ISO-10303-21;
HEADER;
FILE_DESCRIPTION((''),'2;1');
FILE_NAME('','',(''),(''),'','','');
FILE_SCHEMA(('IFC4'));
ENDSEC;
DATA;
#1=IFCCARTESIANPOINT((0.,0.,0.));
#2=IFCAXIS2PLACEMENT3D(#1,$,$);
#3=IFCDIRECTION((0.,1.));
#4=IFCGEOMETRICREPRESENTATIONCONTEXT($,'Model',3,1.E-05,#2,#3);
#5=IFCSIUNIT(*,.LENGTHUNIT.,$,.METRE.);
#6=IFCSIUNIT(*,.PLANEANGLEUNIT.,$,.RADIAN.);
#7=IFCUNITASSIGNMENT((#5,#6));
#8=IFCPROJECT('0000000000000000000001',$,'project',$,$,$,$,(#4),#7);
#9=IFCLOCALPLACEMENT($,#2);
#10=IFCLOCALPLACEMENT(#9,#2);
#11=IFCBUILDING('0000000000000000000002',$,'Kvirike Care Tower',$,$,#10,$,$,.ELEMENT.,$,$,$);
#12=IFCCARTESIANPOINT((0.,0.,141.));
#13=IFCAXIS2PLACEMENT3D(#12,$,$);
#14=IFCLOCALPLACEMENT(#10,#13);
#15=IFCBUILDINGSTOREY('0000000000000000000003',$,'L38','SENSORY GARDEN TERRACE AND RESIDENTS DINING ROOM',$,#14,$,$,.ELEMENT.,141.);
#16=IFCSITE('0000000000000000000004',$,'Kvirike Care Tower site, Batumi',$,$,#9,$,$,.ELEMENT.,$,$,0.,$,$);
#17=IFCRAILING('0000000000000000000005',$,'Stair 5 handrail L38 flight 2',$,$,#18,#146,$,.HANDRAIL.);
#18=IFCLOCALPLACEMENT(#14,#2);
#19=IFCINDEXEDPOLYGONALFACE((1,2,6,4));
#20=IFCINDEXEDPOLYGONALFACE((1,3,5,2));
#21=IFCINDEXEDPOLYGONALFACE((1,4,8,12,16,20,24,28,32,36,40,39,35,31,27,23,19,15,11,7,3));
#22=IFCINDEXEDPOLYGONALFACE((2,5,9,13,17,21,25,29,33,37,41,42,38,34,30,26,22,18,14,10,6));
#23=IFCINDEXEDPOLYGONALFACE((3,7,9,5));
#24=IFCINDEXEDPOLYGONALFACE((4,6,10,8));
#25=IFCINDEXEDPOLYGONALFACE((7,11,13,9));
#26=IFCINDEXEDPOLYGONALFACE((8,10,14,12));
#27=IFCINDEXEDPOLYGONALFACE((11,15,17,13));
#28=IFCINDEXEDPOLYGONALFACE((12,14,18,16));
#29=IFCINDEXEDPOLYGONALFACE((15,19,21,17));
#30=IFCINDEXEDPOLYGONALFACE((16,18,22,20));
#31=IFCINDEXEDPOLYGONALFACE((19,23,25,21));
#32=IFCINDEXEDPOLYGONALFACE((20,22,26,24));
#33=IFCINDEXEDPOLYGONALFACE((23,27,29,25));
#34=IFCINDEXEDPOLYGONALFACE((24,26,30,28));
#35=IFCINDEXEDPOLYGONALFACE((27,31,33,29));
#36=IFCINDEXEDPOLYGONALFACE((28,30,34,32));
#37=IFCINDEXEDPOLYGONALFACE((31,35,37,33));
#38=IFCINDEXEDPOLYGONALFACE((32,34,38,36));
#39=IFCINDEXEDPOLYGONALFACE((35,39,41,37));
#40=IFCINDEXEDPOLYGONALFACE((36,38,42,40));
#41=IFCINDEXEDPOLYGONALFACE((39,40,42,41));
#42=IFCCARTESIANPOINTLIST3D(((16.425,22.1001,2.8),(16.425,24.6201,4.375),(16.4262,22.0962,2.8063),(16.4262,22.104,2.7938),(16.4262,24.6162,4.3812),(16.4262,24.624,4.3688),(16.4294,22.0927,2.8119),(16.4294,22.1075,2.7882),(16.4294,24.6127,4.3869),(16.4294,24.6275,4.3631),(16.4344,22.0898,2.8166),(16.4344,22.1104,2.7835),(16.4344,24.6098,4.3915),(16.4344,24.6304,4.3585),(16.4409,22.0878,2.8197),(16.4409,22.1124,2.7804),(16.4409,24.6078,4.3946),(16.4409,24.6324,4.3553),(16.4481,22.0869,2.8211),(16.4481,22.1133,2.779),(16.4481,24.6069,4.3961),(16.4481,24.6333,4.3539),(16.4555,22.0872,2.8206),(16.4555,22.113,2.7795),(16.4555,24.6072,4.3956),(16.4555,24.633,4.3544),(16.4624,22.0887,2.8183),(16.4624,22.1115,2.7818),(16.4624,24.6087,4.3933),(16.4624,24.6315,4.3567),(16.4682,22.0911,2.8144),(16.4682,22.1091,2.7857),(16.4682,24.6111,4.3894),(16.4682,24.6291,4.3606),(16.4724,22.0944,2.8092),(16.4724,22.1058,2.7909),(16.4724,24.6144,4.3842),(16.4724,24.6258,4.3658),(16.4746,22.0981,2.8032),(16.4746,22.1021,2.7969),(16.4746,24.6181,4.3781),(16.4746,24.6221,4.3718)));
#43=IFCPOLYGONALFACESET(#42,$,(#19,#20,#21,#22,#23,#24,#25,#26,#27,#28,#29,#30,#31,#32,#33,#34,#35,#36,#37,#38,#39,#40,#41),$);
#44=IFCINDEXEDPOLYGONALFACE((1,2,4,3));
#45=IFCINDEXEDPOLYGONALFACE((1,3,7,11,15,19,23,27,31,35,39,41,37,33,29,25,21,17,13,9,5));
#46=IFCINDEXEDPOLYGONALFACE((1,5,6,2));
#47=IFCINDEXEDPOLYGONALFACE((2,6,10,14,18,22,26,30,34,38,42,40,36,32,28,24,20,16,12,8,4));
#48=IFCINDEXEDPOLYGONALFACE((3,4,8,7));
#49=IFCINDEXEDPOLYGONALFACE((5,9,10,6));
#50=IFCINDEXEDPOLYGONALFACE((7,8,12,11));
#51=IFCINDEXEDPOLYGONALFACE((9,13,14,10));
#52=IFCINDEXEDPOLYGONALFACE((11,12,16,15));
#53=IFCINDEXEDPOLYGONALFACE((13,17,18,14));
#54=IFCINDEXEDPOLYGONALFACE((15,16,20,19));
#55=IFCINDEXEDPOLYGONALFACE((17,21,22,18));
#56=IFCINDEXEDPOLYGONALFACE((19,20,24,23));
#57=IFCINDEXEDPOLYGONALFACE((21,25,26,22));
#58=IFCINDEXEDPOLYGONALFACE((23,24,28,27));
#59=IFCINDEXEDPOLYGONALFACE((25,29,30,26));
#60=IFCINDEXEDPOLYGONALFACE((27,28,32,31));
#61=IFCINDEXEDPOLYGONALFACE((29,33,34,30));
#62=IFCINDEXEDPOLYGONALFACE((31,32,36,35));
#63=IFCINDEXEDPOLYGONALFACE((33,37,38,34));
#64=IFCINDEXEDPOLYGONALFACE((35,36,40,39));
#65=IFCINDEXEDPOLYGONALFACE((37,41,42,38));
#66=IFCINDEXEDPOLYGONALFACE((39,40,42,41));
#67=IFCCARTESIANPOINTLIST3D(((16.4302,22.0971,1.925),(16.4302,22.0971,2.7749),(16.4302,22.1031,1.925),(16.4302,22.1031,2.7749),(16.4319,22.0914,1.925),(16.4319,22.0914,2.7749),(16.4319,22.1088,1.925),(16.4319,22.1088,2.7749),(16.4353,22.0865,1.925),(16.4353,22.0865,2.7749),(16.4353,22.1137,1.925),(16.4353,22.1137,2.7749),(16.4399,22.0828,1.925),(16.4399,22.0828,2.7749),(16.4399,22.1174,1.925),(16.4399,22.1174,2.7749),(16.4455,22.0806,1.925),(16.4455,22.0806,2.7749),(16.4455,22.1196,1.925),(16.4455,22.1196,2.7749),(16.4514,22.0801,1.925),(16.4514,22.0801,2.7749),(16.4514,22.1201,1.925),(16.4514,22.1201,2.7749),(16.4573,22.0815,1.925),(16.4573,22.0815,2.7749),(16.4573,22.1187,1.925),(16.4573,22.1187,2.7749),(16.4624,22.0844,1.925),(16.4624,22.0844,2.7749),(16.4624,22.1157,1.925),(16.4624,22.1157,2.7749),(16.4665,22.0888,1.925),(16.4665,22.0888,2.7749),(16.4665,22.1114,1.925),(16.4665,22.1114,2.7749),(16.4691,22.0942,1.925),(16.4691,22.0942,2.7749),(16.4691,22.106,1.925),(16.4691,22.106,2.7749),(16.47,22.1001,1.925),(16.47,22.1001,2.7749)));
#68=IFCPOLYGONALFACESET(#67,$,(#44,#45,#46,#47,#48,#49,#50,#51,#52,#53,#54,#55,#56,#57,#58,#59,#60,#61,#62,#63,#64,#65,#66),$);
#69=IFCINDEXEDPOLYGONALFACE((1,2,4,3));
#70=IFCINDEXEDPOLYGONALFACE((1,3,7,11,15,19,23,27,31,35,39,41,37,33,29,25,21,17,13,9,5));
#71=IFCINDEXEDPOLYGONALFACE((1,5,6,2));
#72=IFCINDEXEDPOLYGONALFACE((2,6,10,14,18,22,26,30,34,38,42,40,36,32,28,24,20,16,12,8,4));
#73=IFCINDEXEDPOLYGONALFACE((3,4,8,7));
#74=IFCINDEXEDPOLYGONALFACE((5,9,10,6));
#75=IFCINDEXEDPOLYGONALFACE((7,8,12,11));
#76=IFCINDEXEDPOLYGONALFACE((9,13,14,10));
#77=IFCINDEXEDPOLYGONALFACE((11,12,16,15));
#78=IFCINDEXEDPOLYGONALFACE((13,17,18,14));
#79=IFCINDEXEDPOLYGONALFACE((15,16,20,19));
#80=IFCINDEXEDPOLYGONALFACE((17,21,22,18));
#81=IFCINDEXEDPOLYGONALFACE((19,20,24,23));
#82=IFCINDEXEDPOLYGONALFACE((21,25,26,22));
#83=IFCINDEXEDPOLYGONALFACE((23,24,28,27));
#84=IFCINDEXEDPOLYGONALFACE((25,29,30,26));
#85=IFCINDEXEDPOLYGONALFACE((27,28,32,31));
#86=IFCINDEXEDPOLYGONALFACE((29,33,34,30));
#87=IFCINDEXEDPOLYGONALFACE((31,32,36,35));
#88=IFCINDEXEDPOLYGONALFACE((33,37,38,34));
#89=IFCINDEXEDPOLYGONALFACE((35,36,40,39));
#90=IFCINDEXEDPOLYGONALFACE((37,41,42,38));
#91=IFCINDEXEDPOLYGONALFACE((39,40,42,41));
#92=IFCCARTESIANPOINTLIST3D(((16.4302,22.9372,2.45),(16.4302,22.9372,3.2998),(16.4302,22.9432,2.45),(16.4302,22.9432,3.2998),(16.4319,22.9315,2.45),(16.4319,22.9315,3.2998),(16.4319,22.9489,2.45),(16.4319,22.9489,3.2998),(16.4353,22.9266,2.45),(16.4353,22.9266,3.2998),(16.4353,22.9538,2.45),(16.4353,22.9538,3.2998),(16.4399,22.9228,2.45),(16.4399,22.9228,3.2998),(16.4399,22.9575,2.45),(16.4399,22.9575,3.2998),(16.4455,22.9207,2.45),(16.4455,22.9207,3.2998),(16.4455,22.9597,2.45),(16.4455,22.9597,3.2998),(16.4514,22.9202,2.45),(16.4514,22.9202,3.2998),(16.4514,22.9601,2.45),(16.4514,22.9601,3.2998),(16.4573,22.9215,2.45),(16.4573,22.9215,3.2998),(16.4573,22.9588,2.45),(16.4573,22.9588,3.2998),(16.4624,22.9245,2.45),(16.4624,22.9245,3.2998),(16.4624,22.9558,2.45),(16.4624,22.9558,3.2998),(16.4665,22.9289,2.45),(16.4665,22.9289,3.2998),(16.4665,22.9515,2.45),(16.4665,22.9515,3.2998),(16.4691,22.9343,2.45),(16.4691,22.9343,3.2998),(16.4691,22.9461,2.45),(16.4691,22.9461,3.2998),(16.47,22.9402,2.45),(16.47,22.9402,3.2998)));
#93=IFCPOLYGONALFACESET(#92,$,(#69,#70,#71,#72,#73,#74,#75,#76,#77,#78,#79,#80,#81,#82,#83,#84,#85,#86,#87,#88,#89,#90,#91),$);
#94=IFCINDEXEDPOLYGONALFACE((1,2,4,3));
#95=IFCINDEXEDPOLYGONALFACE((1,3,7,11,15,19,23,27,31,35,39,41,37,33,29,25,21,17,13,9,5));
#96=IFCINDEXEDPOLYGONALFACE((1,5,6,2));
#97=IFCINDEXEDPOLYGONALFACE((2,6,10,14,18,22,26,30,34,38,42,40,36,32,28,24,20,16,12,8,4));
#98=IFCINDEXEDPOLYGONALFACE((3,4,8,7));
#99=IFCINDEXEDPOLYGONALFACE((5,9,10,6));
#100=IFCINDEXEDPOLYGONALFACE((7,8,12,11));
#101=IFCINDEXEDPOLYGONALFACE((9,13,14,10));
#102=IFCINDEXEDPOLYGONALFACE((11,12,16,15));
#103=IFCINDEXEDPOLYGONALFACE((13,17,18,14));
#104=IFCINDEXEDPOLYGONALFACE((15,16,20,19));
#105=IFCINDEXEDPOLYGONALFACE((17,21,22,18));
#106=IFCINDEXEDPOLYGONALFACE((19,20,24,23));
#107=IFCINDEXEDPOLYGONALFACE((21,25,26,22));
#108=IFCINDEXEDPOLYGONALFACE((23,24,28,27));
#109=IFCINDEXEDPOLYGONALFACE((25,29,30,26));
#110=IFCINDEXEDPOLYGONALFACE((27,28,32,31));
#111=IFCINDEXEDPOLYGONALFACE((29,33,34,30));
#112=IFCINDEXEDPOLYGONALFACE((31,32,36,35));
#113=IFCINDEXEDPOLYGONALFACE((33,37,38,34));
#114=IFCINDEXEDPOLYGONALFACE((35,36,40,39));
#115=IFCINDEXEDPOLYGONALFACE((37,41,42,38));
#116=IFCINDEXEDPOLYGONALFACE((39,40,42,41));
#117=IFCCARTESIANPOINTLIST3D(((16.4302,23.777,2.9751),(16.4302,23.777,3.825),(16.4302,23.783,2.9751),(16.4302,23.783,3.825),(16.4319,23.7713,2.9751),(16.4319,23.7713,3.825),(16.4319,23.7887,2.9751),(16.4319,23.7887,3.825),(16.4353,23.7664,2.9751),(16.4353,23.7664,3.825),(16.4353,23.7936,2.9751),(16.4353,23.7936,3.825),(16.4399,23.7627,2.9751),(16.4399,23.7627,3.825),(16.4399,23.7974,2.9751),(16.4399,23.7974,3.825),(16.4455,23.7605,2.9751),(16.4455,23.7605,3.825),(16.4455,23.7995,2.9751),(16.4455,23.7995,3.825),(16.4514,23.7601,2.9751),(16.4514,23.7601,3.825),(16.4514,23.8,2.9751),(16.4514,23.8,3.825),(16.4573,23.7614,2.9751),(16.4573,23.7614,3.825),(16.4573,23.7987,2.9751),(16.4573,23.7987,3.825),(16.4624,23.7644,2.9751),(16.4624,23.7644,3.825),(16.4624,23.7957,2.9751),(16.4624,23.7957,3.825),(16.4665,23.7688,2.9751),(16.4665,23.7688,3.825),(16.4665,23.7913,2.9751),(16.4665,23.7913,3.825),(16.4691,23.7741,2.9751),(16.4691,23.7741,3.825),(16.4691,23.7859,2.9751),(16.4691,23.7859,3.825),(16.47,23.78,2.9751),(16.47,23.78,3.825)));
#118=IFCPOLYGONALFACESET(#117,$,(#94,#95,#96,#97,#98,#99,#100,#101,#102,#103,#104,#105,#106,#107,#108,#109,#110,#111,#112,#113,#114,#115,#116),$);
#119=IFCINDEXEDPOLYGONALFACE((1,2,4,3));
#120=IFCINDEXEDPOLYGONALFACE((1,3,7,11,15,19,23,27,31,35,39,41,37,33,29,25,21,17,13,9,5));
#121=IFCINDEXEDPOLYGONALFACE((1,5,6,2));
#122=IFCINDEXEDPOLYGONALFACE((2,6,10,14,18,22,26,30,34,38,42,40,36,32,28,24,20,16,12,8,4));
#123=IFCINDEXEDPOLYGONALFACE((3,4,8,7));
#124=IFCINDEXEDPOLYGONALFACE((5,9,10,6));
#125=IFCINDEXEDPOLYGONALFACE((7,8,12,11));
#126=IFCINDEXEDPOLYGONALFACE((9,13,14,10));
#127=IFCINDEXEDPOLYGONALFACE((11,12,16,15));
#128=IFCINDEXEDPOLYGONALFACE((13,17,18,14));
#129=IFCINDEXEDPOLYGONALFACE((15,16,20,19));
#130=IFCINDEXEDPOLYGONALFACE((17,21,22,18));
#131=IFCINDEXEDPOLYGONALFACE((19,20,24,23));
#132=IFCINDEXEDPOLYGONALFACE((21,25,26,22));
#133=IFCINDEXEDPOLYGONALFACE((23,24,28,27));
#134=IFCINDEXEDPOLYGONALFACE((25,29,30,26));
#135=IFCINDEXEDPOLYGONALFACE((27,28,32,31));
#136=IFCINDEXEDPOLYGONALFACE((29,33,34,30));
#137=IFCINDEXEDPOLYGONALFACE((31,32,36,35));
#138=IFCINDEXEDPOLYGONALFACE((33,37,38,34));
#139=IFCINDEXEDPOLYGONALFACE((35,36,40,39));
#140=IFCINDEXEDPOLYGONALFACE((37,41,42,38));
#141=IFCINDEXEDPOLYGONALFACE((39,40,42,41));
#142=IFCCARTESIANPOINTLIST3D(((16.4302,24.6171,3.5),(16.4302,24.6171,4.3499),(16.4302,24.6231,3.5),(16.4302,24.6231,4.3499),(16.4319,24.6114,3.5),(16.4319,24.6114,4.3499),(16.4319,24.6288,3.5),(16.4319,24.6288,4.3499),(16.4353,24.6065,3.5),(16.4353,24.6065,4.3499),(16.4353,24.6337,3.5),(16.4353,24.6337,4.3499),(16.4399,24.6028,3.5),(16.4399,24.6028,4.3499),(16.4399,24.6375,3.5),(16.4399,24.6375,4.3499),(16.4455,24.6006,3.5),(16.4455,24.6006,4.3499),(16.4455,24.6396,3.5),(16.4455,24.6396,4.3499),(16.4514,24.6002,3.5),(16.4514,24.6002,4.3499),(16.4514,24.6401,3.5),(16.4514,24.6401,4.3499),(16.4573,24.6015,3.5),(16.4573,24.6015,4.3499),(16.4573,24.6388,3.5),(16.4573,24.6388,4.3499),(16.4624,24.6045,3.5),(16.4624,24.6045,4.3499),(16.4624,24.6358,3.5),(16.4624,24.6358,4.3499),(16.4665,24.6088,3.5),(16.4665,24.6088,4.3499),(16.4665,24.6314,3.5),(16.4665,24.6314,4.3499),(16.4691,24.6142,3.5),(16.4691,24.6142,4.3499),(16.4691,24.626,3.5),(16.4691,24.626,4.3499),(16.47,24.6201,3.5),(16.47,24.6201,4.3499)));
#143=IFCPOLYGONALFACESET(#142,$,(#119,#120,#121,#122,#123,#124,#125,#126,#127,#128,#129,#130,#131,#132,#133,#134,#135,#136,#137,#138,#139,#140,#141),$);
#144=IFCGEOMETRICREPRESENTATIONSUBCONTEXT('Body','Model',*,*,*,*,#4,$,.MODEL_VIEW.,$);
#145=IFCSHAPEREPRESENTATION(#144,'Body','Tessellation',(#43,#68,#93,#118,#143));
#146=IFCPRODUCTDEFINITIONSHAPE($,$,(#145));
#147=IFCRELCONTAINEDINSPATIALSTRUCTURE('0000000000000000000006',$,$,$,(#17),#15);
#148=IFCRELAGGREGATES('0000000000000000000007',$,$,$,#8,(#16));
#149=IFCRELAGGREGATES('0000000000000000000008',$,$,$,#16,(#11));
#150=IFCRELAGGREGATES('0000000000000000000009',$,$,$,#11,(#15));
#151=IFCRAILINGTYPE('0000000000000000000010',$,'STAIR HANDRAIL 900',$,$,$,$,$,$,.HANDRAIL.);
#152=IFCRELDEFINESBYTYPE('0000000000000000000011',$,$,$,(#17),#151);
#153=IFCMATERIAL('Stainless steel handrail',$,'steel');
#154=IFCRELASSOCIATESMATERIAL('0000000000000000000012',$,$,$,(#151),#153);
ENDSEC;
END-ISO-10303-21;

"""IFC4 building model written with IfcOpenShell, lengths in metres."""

from ifc_helpers import new_model, si_unit, direction, frame, origin, origin_2d, place, context, subcontext, project, spatial, circle, extrude, material, type_object, element, save


model = new_model("IFC4")

# Units and contexts
model_context = context("Model", 3, precision=1e-05, world=origin(), true_north=direction((0.0, 1.0)))
body_context = subcontext(model_context, "Body", "Model", "MODEL_VIEW")
ifc_project = project(units=[si_unit("LENGTHUNIT", "METRE"), si_unit("PLANEANGLEUNIT", "RADIAN")], contexts=[model_context])

# Site, building, storey
site_placement = place(None, origin())
site = spatial("IfcSite", under=ifc_project, at=site_placement, Name="Kvirike Care Tower site, Batumi", CompositionType="ELEMENT", RefElevation=0.0)
building_placement = place(site_placement, origin())
building = spatial("IfcBuilding", under=site, at=building_placement, Name="Kvirike Care Tower", CompositionType="ELEMENT")
storey_placement = place(building_placement, frame((0.0, 0.0, 141.0)))
storey = spatial("IfcBuildingStorey", under=building, at=storey_placement, Name="L38", Description="SENSORY GARDEN TERRACE AND RESIDENTS DINING ROOM", CompositionType="ELEMENT", Elevation=141.0)

# Railing
ifc_material_1 = material(Name="Stainless steel handrail", Category="steel")
railing_type = type_object("IfcRailingType", Name="STAIR HANDRAIL 900", PredefinedType="HANDRAIL", material=ifc_material_1)
railing_placement = place(storey_placement, frame((16.45, 22.1001, 1.925)))
element("IfcRailing", 1, at=railing_placement, inside=storey, type_object=railing_type, Name="Stair 5 handrail L38 flight 2", PredefinedType="HANDRAIL", context=body_context, shape_type="SweptSolid", body=[
    extrude(circle(Radius=0.0249, at=origin_2d()), frame((0.0, 0.0, 0.875), z_axis=(0.0, 0.848008, 0.529984), x_axis=(-1.0, 0.0, 0.0)), (0.0, 0.0, 1.0), 2.9717),
    extrude(circle(Radius=0.02, at=origin_2d()), origin(), (0.0, 0.0, 1.0), 0.8499),
    extrude(circle(Radius=0.02, at=origin_2d()), frame((0.0, 0.8401, 0.5249)), (0.0, 0.0, 1.0), 0.8499),
    extrude(circle(Radius=0.02, at=origin_2d()), frame((0.0, 1.6799, 1.05)), (0.0, 0.0, 1.0), 0.8499),
    extrude(circle(Radius=0.02, at=origin_2d()), frame((0.0, 2.52, 1.575)), (0.0, 0.0, 1.0), 0.8499),
])

save(model, "model.ifc")
